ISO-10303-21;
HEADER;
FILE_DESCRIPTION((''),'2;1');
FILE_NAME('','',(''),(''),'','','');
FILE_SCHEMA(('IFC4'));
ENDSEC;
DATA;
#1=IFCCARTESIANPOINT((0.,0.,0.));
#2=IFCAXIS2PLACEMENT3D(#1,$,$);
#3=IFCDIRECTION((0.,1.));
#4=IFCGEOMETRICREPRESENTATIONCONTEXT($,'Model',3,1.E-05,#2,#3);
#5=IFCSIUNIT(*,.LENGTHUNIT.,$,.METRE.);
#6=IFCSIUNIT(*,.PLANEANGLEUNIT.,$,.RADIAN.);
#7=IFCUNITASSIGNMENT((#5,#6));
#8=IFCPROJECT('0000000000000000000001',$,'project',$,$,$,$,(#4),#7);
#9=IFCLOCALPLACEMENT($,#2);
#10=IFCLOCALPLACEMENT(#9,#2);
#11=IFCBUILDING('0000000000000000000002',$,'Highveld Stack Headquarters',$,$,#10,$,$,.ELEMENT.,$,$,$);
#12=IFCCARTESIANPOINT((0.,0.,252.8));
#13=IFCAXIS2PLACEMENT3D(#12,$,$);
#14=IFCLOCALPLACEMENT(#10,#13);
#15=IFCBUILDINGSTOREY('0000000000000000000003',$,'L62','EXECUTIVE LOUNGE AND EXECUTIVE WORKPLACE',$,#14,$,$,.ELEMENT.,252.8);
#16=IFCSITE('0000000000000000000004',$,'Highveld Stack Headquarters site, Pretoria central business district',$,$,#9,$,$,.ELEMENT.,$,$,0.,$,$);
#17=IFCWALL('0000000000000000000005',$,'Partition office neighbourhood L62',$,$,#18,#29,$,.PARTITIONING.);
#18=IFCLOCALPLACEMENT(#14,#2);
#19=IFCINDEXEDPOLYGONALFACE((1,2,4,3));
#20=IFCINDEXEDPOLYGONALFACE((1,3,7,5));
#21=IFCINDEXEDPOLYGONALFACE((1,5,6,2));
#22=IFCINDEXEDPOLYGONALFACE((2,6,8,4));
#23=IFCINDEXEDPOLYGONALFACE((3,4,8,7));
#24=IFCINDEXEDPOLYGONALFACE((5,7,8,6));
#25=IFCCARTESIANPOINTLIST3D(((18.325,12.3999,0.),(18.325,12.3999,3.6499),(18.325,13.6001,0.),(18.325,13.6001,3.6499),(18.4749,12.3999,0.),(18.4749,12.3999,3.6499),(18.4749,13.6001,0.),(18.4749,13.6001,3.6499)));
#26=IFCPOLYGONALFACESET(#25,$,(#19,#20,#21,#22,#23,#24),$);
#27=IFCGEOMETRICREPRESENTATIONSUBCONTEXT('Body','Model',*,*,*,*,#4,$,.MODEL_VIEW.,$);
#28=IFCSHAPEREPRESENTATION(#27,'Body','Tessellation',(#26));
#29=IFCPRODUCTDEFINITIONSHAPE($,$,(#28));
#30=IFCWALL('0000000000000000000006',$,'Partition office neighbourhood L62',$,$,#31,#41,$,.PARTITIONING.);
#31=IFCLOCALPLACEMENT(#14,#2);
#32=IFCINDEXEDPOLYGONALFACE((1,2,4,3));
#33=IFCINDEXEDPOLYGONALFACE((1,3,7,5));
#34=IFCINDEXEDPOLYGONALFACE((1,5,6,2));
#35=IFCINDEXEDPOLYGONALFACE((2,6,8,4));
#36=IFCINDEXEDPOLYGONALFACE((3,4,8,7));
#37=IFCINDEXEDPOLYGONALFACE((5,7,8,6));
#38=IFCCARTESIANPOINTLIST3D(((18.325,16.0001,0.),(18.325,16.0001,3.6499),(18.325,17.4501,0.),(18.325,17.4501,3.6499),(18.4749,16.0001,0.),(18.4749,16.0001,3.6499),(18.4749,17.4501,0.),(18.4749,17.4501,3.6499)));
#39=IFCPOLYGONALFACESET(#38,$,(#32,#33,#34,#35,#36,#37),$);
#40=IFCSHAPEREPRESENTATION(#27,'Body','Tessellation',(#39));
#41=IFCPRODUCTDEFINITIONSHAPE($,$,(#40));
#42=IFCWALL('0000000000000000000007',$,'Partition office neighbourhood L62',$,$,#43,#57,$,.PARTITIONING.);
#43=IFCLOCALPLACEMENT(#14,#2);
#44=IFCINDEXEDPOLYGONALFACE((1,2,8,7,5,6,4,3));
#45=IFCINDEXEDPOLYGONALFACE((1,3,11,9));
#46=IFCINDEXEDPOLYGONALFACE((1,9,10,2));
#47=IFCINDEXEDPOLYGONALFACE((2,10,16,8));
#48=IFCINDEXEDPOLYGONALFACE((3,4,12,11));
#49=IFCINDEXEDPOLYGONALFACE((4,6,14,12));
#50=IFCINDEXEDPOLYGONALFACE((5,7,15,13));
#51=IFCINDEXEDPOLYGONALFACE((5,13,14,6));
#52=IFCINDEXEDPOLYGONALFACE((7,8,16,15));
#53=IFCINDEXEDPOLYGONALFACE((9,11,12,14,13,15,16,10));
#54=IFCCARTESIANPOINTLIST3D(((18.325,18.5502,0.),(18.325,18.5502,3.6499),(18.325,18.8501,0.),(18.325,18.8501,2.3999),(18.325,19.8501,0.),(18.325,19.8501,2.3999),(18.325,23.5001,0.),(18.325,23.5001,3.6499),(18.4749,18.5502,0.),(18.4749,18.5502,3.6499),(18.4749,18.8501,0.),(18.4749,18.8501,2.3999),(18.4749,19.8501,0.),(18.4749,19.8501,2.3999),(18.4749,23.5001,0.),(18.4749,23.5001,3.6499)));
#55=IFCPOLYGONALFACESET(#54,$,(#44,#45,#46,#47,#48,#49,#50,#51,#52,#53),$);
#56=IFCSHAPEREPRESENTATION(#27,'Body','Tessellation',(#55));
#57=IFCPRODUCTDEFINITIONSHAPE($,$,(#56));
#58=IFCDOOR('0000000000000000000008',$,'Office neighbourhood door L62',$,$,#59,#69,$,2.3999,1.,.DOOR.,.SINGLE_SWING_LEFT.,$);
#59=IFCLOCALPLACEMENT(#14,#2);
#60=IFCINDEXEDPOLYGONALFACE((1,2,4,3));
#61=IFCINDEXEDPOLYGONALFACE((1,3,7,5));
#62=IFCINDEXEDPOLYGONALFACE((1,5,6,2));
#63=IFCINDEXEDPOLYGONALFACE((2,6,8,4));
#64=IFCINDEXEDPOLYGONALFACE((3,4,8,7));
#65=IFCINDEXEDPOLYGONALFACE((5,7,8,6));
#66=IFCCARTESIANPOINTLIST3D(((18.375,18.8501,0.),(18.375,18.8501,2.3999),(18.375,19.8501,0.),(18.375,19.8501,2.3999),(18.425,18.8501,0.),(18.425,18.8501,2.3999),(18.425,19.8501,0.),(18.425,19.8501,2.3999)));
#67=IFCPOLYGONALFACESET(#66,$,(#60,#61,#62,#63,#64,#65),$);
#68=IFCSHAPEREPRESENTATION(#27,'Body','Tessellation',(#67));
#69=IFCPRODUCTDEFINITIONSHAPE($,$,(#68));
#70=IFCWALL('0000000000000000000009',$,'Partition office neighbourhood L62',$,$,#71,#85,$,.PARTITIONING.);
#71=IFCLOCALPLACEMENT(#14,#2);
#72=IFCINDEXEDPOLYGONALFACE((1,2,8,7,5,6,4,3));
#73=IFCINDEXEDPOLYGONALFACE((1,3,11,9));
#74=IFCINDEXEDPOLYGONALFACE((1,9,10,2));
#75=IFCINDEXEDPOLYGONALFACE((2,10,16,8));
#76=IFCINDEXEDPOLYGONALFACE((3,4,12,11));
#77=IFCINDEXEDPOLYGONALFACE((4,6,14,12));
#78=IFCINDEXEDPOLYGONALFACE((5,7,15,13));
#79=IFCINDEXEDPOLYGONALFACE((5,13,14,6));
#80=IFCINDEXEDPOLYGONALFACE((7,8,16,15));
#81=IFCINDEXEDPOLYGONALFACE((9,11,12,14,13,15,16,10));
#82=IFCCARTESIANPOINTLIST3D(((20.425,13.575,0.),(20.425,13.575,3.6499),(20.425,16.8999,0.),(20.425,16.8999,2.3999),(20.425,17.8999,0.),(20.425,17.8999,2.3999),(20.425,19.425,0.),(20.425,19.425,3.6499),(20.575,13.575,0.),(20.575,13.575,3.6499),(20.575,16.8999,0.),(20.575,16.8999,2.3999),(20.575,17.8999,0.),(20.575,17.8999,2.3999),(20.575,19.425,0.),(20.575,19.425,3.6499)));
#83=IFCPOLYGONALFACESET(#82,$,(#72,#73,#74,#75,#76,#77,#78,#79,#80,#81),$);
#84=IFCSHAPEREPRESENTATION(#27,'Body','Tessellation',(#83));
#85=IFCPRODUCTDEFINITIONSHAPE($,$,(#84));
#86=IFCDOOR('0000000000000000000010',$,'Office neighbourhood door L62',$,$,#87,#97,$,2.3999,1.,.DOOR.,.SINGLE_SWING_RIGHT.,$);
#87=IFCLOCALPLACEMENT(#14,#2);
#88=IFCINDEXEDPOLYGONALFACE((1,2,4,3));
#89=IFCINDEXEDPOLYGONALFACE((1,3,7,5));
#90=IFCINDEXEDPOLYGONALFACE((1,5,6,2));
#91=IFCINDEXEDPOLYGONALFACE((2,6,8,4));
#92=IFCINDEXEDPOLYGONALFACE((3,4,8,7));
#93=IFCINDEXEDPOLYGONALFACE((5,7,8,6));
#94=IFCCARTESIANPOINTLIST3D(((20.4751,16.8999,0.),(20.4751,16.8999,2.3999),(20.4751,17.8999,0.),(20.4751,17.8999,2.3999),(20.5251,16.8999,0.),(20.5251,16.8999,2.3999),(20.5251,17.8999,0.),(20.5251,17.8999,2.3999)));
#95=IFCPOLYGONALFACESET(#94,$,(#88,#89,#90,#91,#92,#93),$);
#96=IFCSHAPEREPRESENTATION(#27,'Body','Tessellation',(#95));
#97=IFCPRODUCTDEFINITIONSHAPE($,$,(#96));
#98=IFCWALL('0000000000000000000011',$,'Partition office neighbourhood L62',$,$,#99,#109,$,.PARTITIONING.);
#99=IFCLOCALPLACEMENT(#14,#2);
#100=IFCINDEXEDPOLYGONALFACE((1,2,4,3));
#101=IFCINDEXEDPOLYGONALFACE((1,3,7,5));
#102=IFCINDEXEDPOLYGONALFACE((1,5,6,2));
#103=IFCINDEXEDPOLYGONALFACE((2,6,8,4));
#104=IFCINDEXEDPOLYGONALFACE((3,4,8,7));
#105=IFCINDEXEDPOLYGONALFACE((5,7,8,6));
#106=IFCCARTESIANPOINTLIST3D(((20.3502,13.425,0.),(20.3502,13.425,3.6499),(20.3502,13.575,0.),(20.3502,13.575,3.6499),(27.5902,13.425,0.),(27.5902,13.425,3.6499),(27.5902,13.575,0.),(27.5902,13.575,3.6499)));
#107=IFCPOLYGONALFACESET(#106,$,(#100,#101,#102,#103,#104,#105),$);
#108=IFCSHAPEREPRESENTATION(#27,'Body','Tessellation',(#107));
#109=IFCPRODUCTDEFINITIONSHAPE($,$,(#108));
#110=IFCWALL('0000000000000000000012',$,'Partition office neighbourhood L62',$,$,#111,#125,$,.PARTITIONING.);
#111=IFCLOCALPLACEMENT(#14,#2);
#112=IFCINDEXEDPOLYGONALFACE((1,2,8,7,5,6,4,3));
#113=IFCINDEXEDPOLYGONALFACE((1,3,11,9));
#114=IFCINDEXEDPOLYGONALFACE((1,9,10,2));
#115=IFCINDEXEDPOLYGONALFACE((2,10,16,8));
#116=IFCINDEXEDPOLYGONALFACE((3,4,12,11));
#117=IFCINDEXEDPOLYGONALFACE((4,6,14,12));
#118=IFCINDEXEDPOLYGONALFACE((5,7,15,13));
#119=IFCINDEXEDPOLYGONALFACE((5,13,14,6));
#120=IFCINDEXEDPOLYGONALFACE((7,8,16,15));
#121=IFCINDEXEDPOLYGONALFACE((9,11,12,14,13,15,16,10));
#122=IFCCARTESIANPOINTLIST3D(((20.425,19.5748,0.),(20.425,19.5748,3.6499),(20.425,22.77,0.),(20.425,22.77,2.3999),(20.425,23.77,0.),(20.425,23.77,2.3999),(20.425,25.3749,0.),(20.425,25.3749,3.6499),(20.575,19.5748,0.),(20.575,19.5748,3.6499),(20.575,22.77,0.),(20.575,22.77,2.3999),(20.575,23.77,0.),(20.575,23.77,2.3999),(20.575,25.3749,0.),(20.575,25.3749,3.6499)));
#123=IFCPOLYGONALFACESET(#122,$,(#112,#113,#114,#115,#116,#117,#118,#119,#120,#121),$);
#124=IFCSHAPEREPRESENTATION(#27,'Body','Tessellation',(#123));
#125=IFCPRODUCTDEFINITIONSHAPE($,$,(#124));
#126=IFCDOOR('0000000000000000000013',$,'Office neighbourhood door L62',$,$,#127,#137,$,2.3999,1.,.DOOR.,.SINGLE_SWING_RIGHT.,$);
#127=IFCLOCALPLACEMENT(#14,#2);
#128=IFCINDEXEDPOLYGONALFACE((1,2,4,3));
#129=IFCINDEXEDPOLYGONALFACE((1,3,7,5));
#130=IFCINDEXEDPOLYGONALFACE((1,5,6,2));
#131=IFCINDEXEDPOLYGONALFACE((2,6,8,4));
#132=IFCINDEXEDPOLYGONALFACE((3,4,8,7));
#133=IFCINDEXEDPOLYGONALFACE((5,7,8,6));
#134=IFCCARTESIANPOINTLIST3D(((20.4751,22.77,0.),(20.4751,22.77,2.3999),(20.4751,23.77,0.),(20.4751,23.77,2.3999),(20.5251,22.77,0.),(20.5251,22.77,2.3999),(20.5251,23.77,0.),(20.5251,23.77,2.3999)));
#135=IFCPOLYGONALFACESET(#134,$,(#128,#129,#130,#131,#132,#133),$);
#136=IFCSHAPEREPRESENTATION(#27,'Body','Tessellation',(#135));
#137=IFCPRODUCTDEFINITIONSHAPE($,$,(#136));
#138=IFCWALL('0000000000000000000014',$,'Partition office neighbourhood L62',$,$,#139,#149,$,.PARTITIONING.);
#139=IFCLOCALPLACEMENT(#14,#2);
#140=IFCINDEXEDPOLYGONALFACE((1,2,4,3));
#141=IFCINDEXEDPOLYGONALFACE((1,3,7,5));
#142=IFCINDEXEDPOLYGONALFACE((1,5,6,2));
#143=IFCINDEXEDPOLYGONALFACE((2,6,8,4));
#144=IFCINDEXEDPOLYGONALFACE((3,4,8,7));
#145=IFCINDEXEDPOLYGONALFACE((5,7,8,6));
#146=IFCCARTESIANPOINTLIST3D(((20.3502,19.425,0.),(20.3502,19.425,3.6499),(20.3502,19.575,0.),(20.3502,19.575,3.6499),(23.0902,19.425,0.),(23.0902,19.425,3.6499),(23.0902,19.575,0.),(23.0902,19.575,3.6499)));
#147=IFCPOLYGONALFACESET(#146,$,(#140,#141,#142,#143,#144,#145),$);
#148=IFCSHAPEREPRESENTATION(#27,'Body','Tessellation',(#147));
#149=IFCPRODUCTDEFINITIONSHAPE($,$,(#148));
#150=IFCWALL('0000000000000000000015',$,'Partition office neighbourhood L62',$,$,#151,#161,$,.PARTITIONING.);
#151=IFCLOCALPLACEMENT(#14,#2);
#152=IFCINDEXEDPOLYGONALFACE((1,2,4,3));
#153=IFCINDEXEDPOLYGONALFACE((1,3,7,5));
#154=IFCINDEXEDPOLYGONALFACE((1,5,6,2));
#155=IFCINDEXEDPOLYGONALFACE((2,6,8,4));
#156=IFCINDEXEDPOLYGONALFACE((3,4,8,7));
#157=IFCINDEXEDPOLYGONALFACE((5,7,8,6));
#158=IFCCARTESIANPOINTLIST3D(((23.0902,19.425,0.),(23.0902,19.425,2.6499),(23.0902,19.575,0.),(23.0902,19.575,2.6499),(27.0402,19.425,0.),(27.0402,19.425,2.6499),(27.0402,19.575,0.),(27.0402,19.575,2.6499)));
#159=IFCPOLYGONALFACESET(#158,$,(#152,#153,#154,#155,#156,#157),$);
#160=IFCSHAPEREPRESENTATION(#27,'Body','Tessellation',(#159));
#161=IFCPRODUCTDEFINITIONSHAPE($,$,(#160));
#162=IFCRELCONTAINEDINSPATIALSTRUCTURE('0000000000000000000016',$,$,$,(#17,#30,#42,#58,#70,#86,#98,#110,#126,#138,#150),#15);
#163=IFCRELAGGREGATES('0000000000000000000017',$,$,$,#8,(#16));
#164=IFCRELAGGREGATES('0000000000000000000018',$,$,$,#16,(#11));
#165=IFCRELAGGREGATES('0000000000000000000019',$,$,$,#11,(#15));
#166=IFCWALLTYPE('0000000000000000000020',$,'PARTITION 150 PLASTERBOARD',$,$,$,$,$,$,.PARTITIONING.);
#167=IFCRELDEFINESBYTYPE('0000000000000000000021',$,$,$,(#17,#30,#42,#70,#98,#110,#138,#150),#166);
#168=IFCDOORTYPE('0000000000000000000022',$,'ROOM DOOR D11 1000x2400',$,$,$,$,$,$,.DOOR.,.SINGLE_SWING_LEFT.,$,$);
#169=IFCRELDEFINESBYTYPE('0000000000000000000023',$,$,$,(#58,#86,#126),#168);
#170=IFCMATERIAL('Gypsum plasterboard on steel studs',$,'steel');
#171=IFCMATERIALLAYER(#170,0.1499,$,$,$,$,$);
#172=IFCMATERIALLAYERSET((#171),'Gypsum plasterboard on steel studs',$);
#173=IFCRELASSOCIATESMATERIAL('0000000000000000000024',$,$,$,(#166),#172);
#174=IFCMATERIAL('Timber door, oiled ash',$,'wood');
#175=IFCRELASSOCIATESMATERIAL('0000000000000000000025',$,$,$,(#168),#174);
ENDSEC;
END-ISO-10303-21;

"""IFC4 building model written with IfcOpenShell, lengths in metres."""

from ifc_helpers import new_model, si_unit, direction, frame, frame_2d, origin, place, context, subcontext, project, spatial, rectangle, extrude, material, layer, layer_set, type_object, element, fill, save


model = new_model("IFC4")

# Units and contexts
model_context = context("Model", 3, precision=1e-05, world=origin(), true_north=direction((0.0, 1.0)))
body_context = subcontext(model_context, "Body", "Model", "MODEL_VIEW")
ifc_project = project(units=[si_unit("LENGTHUNIT", "METRE"), si_unit("PLANEANGLEUNIT", "RADIAN")], contexts=[model_context])

# Site, building, storey
site_placement = place(None, origin())
site = spatial("IfcSite", under=ifc_project, at=site_placement, Name="Highveld Stack Headquarters site, Pretoria central business district", CompositionType="ELEMENT", RefElevation=0.0)
building_placement = place(site_placement, origin())
building = spatial("IfcBuilding", under=site, at=building_placement, Name="Highveld Stack Headquarters", CompositionType="ELEMENT")
storey_placement = place(building_placement, frame((0.0, 0.0, 252.8)))
storey = spatial("IfcBuildingStorey", under=building, at=storey_placement, Name="L62", Description="EXECUTIVE LOUNGE AND EXECUTIVE WORKPLACE", CompositionType="ELEMENT", Elevation=252.8)

# Shared definitions
ifc_material_1 = material(Name="Gypsum plasterboard on steel studs", Category="steel")
ifc_layer_1 = layer(ifc_material_1, 0.1499)
ifc_layer_set_1 = layer_set([ifc_layer_1], Name="Gypsum plasterboard on steel studs")
wall_type_1 = type_object("IfcWallType", Name="PARTITION 150 PLASTERBOARD", PredefinedType="PARTITIONING", material=ifc_layer_set_1)

# Shared definitions
ifc_material_2 = material(Name="Timber door, oiled ash", Category="wood")
door_type = type_object("IfcDoorType", Name="ROOM DOOR D11 1000x2400", OperationType="SINGLE_SWING_LEFT", PredefinedType="DOOR", material=ifc_material_2)

# Walls
wall_1_placement = place(storey_placement, frame((18.3999, 12.3999, 0.0), z_axis=(0.0, 0.0, 1.0), x_axis=(0.0, 1.0, 0.0)))
element("IfcWall", 1, at=wall_1_placement, inside=storey, type_object=wall_type_1, Name="Partition office neighbourhood L62", PredefinedType="PARTITIONING", context=body_context, shape_type="SweptSolid", body=[
    extrude(rectangle(XDim=1.2002, YDim=0.1499, at=frame_2d((0.6001, 0.0))), origin(), (0.0, 0.0, 1.0), 3.6499),
])
wall_2_placement = place(storey_placement, frame((18.3999, 16.0, 0.0), z_axis=(0.0, 0.0, 1.0), x_axis=(0.0, 1.0, 0.0)))
element("IfcWall", 2, at=wall_2_placement, inside=storey, type_object=wall_type_1, Name="Partition office neighbourhood L62", PredefinedType="PARTITIONING", context=body_context, shape_type="SweptSolid", body=[
    extrude(rectangle(XDim=1.45, YDim=0.1499, at=frame_2d((0.7251, 0.0))), origin(), (0.0, 0.0, 1.0), 3.6499),
])

# Walls, openings, doors
wall_3_placement = place(storey_placement, frame((18.3999, 18.55, 0.0), z_axis=(0.0, 0.0, 1.0), x_axis=(0.0, 1.0, 0.0)))
wall_3 = element("IfcWall", 3, at=wall_3_placement, inside=storey, type_object=wall_type_1, Name="Partition office neighbourhood L62", PredefinedType="PARTITIONING", context=body_context, shape_type="SweptSolid", body=[
    extrude(rectangle(XDim=4.95, YDim=0.1499, at=frame_2d((2.4751, 0.0))), origin(), (0.0, 0.0, 1.0), 3.6499),
])
opening_1_placement = place(wall_3_placement, frame((0.3, 0.0, 0.0)))
opening_1 = element("IfcOpeningElement", 4, at=opening_1_placement, cuts=wall_3, PredefinedType="OPENING", context=body_context, shape_type="SweptSolid", body=[
    extrude(rectangle(XDim=1.0, YDim=2.3999, at=frame_2d((0.5, 1.2))), frame((0.0, 0.085, 0.0), z_axis=(0.0, -1.0, 0.0), x_axis=(1.0, 0.0, 0.0)), (0.0, 0.0, 1.0), 0.1699),
])
door_1_placement = place(opening_1_placement, origin())
door_1 = element("IfcDoor", 5, at=door_1_placement, inside=storey, type_object=door_type, Name="Office neighbourhood door L62", OperationType="SINGLE_SWING_LEFT", OverallHeight=2.3999, OverallWidth=1.0, PredefinedType="DOOR", context=body_context, shape_type="SweptSolid", body=[
    extrude(rectangle(XDim=1.0, YDim=2.3999, at=frame_2d((0.5, 1.2))), frame((0.0, 0.0249, 0.0), z_axis=(0.0, -1.0, 0.0), x_axis=(1.0, 0.0, 0.0)), (0.0, 0.0, 1.0), 0.05),
])
fill(opening_1, door_1)
wall_4_placement = place(storey_placement, frame((20.5, 13.575, 0.0), z_axis=(0.0, 0.0, 1.0), x_axis=(0.0, 1.0, 0.0)))
wall_4 = element("IfcWall", 6, at=wall_4_placement, inside=storey, type_object=wall_type_1, Name="Partition office neighbourhood L62", PredefinedType="PARTITIONING", context=body_context, shape_type="SweptSolid", body=[
    extrude(rectangle(XDim=5.8501, YDim=0.1499, at=frame_2d((2.925, 0.0))), origin(), (0.0, 0.0, 1.0), 3.6499),
])
opening_2_placement = place(wall_4_placement, frame((3.325, 0.0, 0.0)))
opening_2 = element("IfcOpeningElement", 7, at=opening_2_placement, cuts=wall_4, PredefinedType="OPENING", context=body_context, shape_type="SweptSolid", body=[
    extrude(rectangle(XDim=1.0, YDim=2.3999, at=frame_2d((0.5, 1.2))), frame((0.0, 0.085, 0.0), z_axis=(0.0, -1.0, 0.0), x_axis=(1.0, 0.0, 0.0)), (0.0, 0.0, 1.0), 0.1699),
])
door_2_placement = place(opening_2_placement, origin())
door_2 = element("IfcDoor", 8, at=door_2_placement, inside=storey, type_object=door_type, Name="Office neighbourhood door L62", OperationType="SINGLE_SWING_RIGHT", OverallHeight=2.3999, OverallWidth=1.0, PredefinedType="DOOR", context=body_context, shape_type="SweptSolid", body=[
    extrude(rectangle(XDim=1.0, YDim=2.3999, at=frame_2d((0.5, 1.2))), frame((0.0, 0.0249, 0.0), z_axis=(0.0, -1.0, 0.0), x_axis=(1.0, 0.0, 0.0)), (0.0, 0.0, 1.0), 0.05),
])
fill(opening_2, door_2)

# Wall
wall_5_placement = place(storey_placement, frame((20.3501, 13.5, 0.0), z_axis=(0.0, 0.0, 1.0), x_axis=(1.0, 0.0, 0.0)))
element("IfcWall", 9, at=wall_5_placement, inside=storey, type_object=wall_type_1, Name="Partition office neighbourhood L62", PredefinedType="PARTITIONING", context=body_context, shape_type="SweptSolid", body=[
    extrude(rectangle(XDim=7.24, YDim=0.1499, at=frame_2d((3.6201, 0.0))), origin(), (0.0, 0.0, 1.0), 3.6499),
])

# Wall, opening, door
wall_6_placement = place(storey_placement, frame((20.5, 19.575, 0.0), z_axis=(0.0, 0.0, 1.0), x_axis=(0.0, 1.0, 0.0)))
wall_6 = element("IfcWall", 10, at=wall_6_placement, inside=storey, type_object=wall_type_1, Name="Partition office neighbourhood L62", PredefinedType="PARTITIONING", context=body_context, shape_type="SweptSolid", body=[
    extrude(rectangle(XDim=5.8, YDim=0.1499, at=frame_2d((2.8999, 0.0))), origin(), (0.0, 0.0, 1.0), 3.6499),
])
opening_3_placement = place(wall_6_placement, frame((3.1951, 0.0, 0.0)))
opening_3 = element("IfcOpeningElement", 11, at=opening_3_placement, cuts=wall_6, PredefinedType="OPENING", context=body_context, shape_type="SweptSolid", body=[
    extrude(rectangle(XDim=1.0, YDim=2.3999, at=frame_2d((0.5, 1.2))), frame((0.0, 0.085, 0.0), z_axis=(0.0, -1.0, 0.0), x_axis=(1.0, 0.0, 0.0)), (0.0, 0.0, 1.0), 0.1699),
])
door_3_placement = place(opening_3_placement, origin())
door_3 = element("IfcDoor", 12, at=door_3_placement, inside=storey, type_object=door_type, Name="Office neighbourhood door L62", OperationType="SINGLE_SWING_RIGHT", OverallHeight=2.3999, OverallWidth=1.0, PredefinedType="DOOR", context=body_context, shape_type="SweptSolid", body=[
    extrude(rectangle(XDim=1.0, YDim=2.3999, at=frame_2d((0.5, 1.2))), frame((0.0, 0.0249, 0.0), z_axis=(0.0, -1.0, 0.0), x_axis=(1.0, 0.0, 0.0)), (0.0, 0.0, 1.0), 0.05),
])
fill(opening_3, door_3)

# Walls
wall_7_placement = place(storey_placement, frame((20.3501, 19.5, 0.0), z_axis=(0.0, 0.0, 1.0), x_axis=(1.0, 0.0, 0.0)))
element("IfcWall", 13, at=wall_7_placement, inside=storey, type_object=wall_type_1, Name="Partition office neighbourhood L62", PredefinedType="PARTITIONING", context=body_context, shape_type="SweptSolid", body=[
    extrude(rectangle(XDim=2.74, YDim=0.1499, at=frame_2d((1.3701, 0.0))), origin(), (0.0, 0.0, 1.0), 3.6499),
])
wall_8_placement = place(storey_placement, frame((23.0901, 19.5, 0.0), z_axis=(0.0, 0.0, 1.0), x_axis=(1.0, 0.0, 0.0)))
element("IfcWall", 14, at=wall_8_placement, inside=storey, type_object=wall_type_1, Name="Partition office neighbourhood L62", PredefinedType="PARTITIONING", context=body_context, shape_type="SweptSolid", body=[
    extrude(rectangle(XDim=3.95, YDim=0.1499, at=frame_2d((1.9751, 0.0))), origin(), (0.0, 0.0, 1.0), 2.6499),
])

save(model, "model.ifc")
